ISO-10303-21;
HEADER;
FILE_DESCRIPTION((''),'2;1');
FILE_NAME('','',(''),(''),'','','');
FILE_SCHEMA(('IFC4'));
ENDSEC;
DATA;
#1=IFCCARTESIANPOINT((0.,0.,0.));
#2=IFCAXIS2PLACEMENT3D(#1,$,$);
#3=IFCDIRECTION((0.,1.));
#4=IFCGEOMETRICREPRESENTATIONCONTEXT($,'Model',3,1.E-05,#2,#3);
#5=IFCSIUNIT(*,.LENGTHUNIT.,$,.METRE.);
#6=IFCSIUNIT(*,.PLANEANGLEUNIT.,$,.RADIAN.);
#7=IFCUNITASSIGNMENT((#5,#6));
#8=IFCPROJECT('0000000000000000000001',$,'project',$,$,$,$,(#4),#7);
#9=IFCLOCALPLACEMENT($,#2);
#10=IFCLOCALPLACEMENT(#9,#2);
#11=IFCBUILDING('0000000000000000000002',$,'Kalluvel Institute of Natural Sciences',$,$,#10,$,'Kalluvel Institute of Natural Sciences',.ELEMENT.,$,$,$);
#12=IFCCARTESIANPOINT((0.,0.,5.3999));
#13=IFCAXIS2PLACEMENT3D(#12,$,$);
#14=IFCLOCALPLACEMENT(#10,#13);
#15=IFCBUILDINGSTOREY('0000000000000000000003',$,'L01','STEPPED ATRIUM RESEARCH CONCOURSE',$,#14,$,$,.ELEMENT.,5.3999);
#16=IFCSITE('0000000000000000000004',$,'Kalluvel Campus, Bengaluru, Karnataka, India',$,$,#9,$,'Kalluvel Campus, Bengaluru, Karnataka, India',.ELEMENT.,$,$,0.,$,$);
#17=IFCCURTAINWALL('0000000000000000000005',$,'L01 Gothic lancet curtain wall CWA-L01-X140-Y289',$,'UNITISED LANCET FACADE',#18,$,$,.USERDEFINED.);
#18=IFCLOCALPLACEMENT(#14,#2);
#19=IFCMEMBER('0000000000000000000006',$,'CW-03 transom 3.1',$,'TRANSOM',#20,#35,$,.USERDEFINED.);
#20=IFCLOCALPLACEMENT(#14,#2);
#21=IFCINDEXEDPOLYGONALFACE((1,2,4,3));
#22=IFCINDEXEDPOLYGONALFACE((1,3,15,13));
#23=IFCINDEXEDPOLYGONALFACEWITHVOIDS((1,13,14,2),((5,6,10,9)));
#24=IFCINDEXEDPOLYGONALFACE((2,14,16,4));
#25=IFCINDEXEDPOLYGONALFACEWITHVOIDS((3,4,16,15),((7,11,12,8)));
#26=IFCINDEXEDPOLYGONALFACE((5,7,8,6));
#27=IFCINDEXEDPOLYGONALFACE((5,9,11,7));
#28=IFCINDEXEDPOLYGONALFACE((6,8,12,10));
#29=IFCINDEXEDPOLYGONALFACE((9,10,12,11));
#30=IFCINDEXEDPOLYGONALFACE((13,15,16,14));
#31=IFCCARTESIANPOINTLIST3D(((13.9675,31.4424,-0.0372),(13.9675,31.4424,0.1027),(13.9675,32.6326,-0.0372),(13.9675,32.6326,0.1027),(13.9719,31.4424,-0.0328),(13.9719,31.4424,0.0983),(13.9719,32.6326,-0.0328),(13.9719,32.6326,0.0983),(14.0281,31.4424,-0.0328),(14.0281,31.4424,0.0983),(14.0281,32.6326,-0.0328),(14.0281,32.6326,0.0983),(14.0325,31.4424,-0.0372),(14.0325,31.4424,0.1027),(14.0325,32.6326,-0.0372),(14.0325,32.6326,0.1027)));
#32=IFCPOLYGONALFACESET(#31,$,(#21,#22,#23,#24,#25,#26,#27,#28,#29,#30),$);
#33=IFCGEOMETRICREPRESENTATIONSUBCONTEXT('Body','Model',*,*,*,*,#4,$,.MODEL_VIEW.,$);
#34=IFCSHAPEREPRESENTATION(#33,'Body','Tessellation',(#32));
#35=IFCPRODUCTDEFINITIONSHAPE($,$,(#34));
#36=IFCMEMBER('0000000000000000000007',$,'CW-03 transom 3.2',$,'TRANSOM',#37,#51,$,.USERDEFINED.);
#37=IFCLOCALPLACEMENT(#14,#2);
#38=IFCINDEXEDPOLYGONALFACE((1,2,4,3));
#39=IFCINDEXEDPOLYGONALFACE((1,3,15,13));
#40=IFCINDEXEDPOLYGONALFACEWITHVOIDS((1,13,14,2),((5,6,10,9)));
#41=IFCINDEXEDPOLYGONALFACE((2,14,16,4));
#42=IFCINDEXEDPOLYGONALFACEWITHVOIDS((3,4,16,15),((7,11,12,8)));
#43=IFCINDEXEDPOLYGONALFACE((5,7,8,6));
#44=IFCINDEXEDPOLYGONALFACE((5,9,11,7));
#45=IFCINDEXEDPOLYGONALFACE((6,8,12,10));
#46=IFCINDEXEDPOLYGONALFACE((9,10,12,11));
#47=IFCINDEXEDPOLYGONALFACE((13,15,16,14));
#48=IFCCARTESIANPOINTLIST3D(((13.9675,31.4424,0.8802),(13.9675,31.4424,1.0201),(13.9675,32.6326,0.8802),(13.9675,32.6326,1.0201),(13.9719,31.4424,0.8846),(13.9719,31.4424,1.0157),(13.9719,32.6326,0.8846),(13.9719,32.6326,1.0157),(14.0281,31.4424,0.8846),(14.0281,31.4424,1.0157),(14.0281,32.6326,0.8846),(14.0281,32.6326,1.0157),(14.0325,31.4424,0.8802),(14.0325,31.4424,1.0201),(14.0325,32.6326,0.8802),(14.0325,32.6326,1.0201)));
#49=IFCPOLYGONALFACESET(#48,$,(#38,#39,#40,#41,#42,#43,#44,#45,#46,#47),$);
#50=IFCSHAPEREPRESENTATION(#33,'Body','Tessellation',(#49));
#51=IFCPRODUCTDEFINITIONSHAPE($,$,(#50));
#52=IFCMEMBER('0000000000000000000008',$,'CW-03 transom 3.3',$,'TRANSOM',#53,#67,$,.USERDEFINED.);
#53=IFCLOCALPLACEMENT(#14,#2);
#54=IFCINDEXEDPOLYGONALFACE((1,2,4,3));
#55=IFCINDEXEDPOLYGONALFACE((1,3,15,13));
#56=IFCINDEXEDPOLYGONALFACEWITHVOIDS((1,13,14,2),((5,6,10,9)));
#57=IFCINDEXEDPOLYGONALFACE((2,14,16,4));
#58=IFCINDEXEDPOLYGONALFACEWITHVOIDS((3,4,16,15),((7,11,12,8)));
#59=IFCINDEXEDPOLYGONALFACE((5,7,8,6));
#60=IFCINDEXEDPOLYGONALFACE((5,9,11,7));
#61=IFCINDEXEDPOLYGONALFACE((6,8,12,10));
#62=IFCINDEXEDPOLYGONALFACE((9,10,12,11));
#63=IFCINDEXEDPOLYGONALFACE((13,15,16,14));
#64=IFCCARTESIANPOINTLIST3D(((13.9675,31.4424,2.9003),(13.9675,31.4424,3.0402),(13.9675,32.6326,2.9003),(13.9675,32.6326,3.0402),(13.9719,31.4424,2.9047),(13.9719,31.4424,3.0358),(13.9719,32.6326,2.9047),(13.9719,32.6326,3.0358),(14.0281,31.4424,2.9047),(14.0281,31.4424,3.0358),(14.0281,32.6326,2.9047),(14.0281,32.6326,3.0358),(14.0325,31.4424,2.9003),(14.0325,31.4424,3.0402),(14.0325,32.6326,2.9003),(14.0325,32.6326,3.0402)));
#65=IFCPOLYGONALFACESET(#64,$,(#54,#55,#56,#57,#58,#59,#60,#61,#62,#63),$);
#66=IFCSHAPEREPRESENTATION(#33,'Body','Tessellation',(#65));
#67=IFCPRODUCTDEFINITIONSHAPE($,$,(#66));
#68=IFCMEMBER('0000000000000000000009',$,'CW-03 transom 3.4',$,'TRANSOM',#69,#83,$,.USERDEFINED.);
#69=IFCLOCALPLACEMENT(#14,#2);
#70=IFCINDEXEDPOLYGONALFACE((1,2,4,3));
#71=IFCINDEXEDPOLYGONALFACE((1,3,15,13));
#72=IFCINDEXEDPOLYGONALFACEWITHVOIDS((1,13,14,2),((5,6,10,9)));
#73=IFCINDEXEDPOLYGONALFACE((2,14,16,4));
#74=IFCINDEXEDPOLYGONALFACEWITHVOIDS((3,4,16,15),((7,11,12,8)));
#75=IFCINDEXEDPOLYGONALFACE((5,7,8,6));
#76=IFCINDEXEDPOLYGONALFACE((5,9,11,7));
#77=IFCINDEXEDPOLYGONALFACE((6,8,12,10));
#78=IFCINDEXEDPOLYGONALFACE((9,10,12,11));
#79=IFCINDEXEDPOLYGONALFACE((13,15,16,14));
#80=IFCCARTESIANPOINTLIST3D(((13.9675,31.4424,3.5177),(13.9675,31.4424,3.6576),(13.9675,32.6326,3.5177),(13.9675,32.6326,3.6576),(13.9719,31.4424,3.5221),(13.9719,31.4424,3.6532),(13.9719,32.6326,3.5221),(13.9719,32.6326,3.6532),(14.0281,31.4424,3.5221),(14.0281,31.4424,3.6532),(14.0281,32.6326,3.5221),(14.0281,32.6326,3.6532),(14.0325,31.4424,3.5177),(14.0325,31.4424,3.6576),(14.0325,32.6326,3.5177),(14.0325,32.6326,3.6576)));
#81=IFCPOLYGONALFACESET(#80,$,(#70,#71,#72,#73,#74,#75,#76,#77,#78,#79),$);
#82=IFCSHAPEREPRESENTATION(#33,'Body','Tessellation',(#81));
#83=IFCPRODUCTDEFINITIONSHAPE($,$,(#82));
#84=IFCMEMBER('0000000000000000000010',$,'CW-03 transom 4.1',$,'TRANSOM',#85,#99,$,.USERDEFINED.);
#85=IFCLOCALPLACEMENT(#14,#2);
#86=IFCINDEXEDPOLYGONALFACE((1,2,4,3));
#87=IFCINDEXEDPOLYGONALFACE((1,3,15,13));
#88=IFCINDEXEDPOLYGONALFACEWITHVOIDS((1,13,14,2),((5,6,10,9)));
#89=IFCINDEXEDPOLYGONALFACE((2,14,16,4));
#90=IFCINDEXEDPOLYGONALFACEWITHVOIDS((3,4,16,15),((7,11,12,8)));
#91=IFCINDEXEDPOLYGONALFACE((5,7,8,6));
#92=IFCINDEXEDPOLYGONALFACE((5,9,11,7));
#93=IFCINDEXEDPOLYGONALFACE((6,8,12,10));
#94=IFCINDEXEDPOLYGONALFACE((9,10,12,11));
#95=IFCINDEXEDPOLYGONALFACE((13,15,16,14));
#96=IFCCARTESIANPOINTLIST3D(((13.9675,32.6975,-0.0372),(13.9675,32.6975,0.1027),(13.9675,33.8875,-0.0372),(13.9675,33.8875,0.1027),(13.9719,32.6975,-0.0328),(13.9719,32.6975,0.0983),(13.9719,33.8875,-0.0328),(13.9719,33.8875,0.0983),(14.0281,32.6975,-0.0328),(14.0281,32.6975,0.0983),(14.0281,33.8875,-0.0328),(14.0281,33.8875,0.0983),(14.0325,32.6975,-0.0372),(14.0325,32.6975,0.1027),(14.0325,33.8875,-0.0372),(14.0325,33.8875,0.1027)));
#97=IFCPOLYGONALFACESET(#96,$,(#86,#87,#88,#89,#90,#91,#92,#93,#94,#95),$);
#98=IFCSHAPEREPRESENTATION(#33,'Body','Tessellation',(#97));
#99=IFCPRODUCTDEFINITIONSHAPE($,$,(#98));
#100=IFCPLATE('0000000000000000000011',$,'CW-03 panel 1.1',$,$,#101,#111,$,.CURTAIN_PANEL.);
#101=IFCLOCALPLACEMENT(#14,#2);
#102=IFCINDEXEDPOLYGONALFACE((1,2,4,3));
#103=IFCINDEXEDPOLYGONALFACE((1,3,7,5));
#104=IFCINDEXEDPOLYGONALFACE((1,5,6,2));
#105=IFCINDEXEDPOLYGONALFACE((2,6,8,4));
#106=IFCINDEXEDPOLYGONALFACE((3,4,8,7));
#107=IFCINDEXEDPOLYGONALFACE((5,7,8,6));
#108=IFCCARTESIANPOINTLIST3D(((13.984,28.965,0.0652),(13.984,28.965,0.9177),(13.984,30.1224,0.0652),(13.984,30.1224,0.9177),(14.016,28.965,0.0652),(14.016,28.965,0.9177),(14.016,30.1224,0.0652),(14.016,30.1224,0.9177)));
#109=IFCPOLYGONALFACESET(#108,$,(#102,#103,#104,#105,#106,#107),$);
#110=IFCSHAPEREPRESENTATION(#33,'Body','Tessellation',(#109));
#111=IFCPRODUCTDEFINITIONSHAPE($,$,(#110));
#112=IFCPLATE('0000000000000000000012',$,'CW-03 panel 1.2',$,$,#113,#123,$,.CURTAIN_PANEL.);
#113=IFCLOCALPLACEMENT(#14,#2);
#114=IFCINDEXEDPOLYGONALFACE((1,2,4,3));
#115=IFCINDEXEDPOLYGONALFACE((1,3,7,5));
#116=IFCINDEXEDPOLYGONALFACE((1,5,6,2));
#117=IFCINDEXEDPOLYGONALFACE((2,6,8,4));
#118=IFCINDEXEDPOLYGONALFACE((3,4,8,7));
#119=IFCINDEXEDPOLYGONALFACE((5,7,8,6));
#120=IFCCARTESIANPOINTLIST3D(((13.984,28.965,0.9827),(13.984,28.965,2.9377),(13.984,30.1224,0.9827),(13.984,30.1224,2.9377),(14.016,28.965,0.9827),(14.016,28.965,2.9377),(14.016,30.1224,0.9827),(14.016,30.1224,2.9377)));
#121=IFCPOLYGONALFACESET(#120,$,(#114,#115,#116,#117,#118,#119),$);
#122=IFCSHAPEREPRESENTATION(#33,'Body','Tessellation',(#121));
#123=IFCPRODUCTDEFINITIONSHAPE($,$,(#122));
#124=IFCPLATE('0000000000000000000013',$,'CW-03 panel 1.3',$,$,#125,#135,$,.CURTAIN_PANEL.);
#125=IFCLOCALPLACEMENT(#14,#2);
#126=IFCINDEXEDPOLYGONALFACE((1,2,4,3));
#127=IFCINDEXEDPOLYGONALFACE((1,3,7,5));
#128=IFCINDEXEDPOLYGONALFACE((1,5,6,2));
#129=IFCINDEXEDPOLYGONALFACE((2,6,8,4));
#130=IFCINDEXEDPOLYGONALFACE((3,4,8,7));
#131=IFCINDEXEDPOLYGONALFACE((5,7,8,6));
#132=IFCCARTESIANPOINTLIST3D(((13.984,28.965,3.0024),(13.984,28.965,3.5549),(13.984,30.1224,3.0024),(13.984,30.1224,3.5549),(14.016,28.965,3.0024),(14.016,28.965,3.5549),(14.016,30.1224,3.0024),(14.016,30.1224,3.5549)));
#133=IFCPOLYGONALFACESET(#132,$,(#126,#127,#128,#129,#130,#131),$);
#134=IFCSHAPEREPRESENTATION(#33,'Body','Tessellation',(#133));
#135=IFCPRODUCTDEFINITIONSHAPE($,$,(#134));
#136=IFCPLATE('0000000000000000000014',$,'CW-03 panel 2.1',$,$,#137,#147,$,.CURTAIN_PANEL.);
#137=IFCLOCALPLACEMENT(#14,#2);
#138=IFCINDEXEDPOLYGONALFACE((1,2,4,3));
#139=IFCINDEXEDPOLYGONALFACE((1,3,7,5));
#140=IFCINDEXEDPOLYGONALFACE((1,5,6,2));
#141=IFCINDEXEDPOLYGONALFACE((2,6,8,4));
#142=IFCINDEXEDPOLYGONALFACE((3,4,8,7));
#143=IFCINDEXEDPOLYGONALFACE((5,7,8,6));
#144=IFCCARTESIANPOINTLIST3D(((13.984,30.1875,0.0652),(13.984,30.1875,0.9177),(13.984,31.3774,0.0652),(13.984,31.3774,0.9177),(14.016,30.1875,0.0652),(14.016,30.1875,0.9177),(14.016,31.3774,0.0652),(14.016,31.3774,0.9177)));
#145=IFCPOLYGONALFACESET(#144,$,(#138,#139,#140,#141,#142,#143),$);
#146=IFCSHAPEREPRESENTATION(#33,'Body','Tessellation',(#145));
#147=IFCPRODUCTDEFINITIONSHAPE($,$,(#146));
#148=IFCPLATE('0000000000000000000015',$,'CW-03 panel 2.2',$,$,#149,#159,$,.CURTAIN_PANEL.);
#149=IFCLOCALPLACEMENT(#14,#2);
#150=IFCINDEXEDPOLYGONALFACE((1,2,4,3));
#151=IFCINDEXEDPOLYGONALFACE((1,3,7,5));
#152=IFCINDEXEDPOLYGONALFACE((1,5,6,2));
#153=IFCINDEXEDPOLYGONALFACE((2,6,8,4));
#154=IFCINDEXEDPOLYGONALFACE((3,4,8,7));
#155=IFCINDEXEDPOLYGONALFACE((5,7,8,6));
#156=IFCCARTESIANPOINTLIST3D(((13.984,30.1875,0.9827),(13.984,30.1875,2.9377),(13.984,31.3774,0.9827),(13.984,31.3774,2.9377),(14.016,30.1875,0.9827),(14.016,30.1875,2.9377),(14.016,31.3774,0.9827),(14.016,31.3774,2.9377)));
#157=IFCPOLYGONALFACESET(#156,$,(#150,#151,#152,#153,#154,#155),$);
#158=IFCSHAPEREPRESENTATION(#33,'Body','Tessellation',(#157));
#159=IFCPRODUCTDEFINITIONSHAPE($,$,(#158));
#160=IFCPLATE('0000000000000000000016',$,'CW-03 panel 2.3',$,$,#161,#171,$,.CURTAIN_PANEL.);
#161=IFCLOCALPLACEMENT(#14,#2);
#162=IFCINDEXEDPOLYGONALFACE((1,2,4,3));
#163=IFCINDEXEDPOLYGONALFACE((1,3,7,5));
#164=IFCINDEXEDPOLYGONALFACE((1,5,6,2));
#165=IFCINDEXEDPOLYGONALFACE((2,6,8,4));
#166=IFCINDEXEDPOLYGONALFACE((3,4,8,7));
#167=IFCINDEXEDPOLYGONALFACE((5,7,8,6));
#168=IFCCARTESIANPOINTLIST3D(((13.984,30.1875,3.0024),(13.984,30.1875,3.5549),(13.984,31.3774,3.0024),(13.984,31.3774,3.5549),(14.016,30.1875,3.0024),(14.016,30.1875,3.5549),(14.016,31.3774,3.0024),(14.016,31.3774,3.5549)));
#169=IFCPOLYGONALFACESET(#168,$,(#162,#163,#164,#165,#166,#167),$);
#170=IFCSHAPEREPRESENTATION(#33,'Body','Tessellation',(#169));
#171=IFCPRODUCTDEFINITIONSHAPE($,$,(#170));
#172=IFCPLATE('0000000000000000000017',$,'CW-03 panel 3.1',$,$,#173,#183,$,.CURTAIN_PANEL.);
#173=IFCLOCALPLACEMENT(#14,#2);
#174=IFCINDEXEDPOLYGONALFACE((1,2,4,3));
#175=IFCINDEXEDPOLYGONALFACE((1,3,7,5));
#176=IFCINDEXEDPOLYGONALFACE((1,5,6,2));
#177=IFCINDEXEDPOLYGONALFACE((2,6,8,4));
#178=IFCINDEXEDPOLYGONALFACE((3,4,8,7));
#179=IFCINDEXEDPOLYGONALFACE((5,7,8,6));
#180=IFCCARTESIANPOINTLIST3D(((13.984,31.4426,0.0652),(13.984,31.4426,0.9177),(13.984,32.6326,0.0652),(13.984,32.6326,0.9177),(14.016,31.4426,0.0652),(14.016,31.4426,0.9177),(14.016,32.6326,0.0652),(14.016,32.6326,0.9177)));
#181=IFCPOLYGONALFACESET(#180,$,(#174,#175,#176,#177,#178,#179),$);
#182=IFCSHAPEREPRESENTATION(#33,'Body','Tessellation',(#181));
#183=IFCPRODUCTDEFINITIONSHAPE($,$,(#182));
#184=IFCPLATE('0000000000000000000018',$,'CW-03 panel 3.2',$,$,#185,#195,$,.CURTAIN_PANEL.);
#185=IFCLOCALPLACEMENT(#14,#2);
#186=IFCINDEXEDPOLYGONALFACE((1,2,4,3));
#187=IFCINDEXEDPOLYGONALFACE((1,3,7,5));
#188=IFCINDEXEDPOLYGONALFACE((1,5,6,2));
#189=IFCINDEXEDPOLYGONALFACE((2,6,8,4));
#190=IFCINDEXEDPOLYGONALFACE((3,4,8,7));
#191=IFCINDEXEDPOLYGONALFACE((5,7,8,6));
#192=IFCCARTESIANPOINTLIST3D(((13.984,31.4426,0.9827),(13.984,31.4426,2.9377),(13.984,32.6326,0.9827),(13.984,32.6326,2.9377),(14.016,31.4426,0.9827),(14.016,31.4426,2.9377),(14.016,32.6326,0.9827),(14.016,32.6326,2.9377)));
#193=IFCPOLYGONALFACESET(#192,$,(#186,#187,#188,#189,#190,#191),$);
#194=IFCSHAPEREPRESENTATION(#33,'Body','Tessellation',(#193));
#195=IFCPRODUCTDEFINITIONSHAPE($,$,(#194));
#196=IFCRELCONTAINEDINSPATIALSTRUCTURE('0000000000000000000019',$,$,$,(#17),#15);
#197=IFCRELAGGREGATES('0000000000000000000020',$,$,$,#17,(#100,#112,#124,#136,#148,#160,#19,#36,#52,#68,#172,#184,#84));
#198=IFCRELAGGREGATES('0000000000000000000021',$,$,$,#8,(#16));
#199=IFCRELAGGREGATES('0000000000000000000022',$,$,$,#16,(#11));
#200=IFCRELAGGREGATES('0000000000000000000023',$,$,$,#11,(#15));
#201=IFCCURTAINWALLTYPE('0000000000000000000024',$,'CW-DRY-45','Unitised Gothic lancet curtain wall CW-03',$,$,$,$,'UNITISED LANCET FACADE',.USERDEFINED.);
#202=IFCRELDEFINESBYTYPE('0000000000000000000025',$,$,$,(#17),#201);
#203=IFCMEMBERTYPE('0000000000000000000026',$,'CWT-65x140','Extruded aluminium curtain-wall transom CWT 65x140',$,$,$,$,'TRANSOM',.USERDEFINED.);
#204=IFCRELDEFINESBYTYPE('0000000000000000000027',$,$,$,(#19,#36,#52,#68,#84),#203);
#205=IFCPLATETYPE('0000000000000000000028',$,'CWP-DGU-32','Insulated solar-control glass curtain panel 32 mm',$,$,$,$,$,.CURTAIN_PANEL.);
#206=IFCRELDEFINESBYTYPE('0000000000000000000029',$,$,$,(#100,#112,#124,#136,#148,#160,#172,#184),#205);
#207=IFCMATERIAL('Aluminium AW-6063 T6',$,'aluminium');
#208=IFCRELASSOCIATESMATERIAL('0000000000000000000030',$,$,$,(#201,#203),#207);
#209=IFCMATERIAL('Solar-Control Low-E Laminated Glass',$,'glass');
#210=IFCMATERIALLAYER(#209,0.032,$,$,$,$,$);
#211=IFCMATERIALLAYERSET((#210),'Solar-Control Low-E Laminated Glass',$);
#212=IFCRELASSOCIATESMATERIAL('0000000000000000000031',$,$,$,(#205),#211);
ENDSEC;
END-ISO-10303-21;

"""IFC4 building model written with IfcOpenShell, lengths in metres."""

from ifc_helpers import new_model, si_unit, direction, frame, origin, origin_2d, place, context, subcontext, project, spatial, rectangle, hollow_rectangle, extrude, material, layer, layer_set, material_profile, profile_set, type_object, element, aggregate, save


model = new_model("IFC4")

# Units and contexts
model_context = context("Model", 3, precision=1e-05, world=origin(), true_north=direction((0.0, 1.0)))
body_context = subcontext(model_context, "Body", "Model", "MODEL_VIEW")
ifc_project = project(units=[si_unit("LENGTHUNIT", "METRE"), si_unit("PLANEANGLEUNIT", "RADIAN")], contexts=[model_context])

# Site, building, storey
site_placement = place(None, origin())
site = spatial("IfcSite", under=ifc_project, at=site_placement, Name="Kalluvel Campus, Bengaluru, Karnataka, India", LongName="Kalluvel Campus, Bengaluru, Karnataka, India", CompositionType="ELEMENT", RefElevation=0.0)
building_placement = place(site_placement, origin())
building = spatial("IfcBuilding", under=site, at=building_placement, Name="Kalluvel Institute of Natural Sciences", LongName="Kalluvel Institute of Natural Sciences", CompositionType="ELEMENT")
storey_placement = place(building_placement, frame((0.0, 0.0, 5.3999)))
storey = spatial("IfcBuildingStorey", under=building, at=storey_placement, Name="L01", Description="STEPPED ATRIUM RESEARCH CONCOURSE", CompositionType="ELEMENT", Elevation=5.3999)

# Curtain wall, members, plates
ifc_material_1 = material(Name="Aluminium AW-6063 T6", Category="aluminium")
curtain_wall_type = type_object("IfcCurtainWallType", Name="CW-DRY-45", Description="Unitised Gothic lancet curtain wall CW-03", ElementType="UNITISED LANCET FACADE", PredefinedType="USERDEFINED", material=ifc_material_1)
curtain_wall_placement = place(storey_placement, origin())
curtain_wall = element("IfcCurtainWall", 1, at=curtain_wall_placement, inside=storey, type_object=curtain_wall_type, Name="L01 Gothic lancet curtain wall CWA-L01-X140-Y289", ObjectType="UNITISED LANCET FACADE", PredefinedType="USERDEFINED")
ifc_material_profile_1 = material_profile(ifc_material_1, hollow_rectangle(XDim=0.0649, YDim=0.1399, WallThickness=0.0044, at=origin_2d()), Name="CWT 65x140")
ifc_profile_set_1 = profile_set([ifc_material_profile_1], Name="Aluminium AW-6063 T6")
member_type_1 = type_object("IfcMemberType", Name="CWT-65x140", Description="Extruded aluminium curtain-wall transom CWT 65x140", ElementType="TRANSOM", PredefinedType="USERDEFINED", material=ifc_profile_set_1)
member_1_placement = place(storey_placement, frame((14.0, 31.4424, 0.0327), z_axis=(0.0, 1.0, 0.0), x_axis=(-1.0, 0.0, 0.0)))
member_1 = element("IfcMember", 2, at=member_1_placement, type_object=member_type_1, Name="CW-03 transom 3.1", ObjectType="TRANSOM", PredefinedType="USERDEFINED", context=body_context, shape_type="SweptSolid", body=[
    extrude(hollow_rectangle(XDim=0.0649, YDim=0.1399, WallThickness=0.0044, at=origin_2d()), origin(), (0.0, 0.0, 1.0), 1.1902),
])
member_2_placement = place(storey_placement, frame((14.0, 31.4424, 0.9502), z_axis=(0.0, 1.0, 0.0), x_axis=(-1.0, 0.0, 0.0)))
member_2 = element("IfcMember", 3, at=member_2_placement, type_object=member_type_1, Name="CW-03 transom 3.2", ObjectType="TRANSOM", PredefinedType="USERDEFINED", context=body_context, shape_type="SweptSolid", body=[
    extrude(hollow_rectangle(XDim=0.0649, YDim=0.1399, WallThickness=0.0044, at=origin_2d()), origin(), (0.0, 0.0, 1.0), 1.1902),
])
member_3_placement = place(storey_placement, frame((14.0, 31.4424, 2.9702), z_axis=(0.0, 1.0, 0.0), x_axis=(-1.0, 0.0, 0.0)))
member_3 = element("IfcMember", 4, at=member_3_placement, type_object=member_type_1, Name="CW-03 transom 3.3", ObjectType="TRANSOM", PredefinedType="USERDEFINED", context=body_context, shape_type="SweptSolid", body=[
    extrude(hollow_rectangle(XDim=0.0649, YDim=0.1399, WallThickness=0.0044, at=origin_2d()), origin(), (0.0, 0.0, 1.0), 1.1902),
])
member_4_placement = place(storey_placement, frame((14.0, 31.4424, 3.5876), z_axis=(0.0, 1.0, 0.0), x_axis=(-1.0, 0.0, 0.0)))
member_4 = element("IfcMember", 5, at=member_4_placement, type_object=member_type_1, Name="CW-03 transom 3.4", ObjectType="TRANSOM", PredefinedType="USERDEFINED", context=body_context, shape_type="SweptSolid", body=[
    extrude(hollow_rectangle(XDim=0.0649, YDim=0.1399, WallThickness=0.0044, at=origin_2d()), origin(), (0.0, 0.0, 1.0), 1.1902),
])
member_5_placement = place(storey_placement, frame((14.0, 32.6975, 0.0327), z_axis=(0.0, 1.0, 0.0), x_axis=(-1.0, 0.0, 0.0)))
member_5 = element("IfcMember", 6, at=member_5_placement, type_object=member_type_1, Name="CW-03 transom 4.1", ObjectType="TRANSOM", PredefinedType="USERDEFINED", context=body_context, shape_type="SweptSolid", body=[
    extrude(hollow_rectangle(XDim=0.0649, YDim=0.1399, WallThickness=0.0044, at=origin_2d()), origin(), (0.0, 0.0, 1.0), 1.1899),
])
ifc_material_2 = material(Name="Solar-Control Low-E Laminated Glass", Category="glass")
ifc_layer = layer(ifc_material_2, 0.032)
ifc_layer_set = layer_set([ifc_layer], Name="Solar-Control Low-E Laminated Glass")
plate_type = type_object("IfcPlateType", Name="CWP-DGU-32", Description="Insulated solar-control glass curtain panel 32 mm", PredefinedType="CURTAIN_PANEL", material=ifc_layer_set)
plate_1_placement = place(storey_placement, frame((14.0, 29.5437, 0.0652), z_axis=(0.0, 0.0, 1.0), x_axis=(0.0, 1.0, 0.0)))
plate_1 = element("IfcPlate", 7, at=plate_1_placement, type_object=plate_type, Name="CW-03 panel 1.1", PredefinedType="CURTAIN_PANEL", context=body_context, shape_type="SweptSolid", body=[
    extrude(rectangle(XDim=1.1575, YDim=0.032, at=origin_2d()), origin(), (0.0, 0.0, 1.0), 0.8525),
])
plate_2_placement = place(storey_placement, frame((14.0, 29.5437, 0.9827), z_axis=(0.0, 0.0, 1.0), x_axis=(0.0, 1.0, 0.0)))
plate_2 = element("IfcPlate", 8, at=plate_2_placement, type_object=plate_type, Name="CW-03 panel 1.2", PredefinedType="CURTAIN_PANEL", context=body_context, shape_type="SweptSolid", body=[
    extrude(rectangle(XDim=1.1575, YDim=0.032, at=origin_2d()), origin(), (0.0, 0.0, 1.0), 1.9551),
])
plate_3_placement = place(storey_placement, frame((14.0, 29.5437, 3.0024), z_axis=(0.0, 0.0, 1.0), x_axis=(0.0, 1.0, 0.0)))
plate_3 = element("IfcPlate", 9, at=plate_3_placement, type_object=plate_type, Name="CW-03 panel 1.3", PredefinedType="CURTAIN_PANEL", context=body_context, shape_type="SweptSolid", body=[
    extrude(rectangle(XDim=1.1575, YDim=0.032, at=origin_2d()), origin(), (0.0, 0.0, 1.0), 0.5525),
])
plate_4_placement = place(storey_placement, frame((14.0, 30.7825, 0.0652), z_axis=(0.0, 0.0, 1.0), x_axis=(0.0, 1.0, 0.0)))
plate_4 = element("IfcPlate", 10, at=plate_4_placement, type_object=plate_type, Name="CW-03 panel 2.1", PredefinedType="CURTAIN_PANEL", context=body_context, shape_type="SweptSolid", body=[
    extrude(rectangle(XDim=1.1899, YDim=0.032, at=origin_2d()), origin(), (0.0, 0.0, 1.0), 0.8525),
])
plate_5_placement = place(storey_placement, frame((14.0, 30.7825, 0.9827), z_axis=(0.0, 0.0, 1.0), x_axis=(0.0, 1.0, 0.0)))
plate_5 = element("IfcPlate", 11, at=plate_5_placement, type_object=plate_type, Name="CW-03 panel 2.2", PredefinedType="CURTAIN_PANEL", context=body_context, shape_type="SweptSolid", body=[
    extrude(rectangle(XDim=1.1899, YDim=0.032, at=origin_2d()), origin(), (0.0, 0.0, 1.0), 1.9551),
])
plate_6_placement = place(storey_placement, frame((14.0, 30.7825, 3.0024), z_axis=(0.0, 0.0, 1.0), x_axis=(0.0, 1.0, 0.0)))
plate_6 = element("IfcPlate", 12, at=plate_6_placement, type_object=plate_type, Name="CW-03 panel 2.3", PredefinedType="CURTAIN_PANEL", context=body_context, shape_type="SweptSolid", body=[
    extrude(rectangle(XDim=1.1899, YDim=0.032, at=origin_2d()), origin(), (0.0, 0.0, 1.0), 0.5525),
])
plate_7_placement = place(storey_placement, frame((14.0, 32.0376, 0.0652), z_axis=(0.0, 0.0, 1.0), x_axis=(0.0, 1.0, 0.0)))
plate_7 = element("IfcPlate", 13, at=plate_7_placement, type_object=plate_type, Name="CW-03 panel 3.1", PredefinedType="CURTAIN_PANEL", context=body_context, shape_type="SweptSolid", body=[
    extrude(rectangle(XDim=1.1899, YDim=0.032, at=origin_2d()), origin(), (0.0, 0.0, 1.0), 0.8525),
])
plate_8_placement = place(storey_placement, frame((14.0, 32.0376, 0.9827), z_axis=(0.0, 0.0, 1.0), x_axis=(0.0, 1.0, 0.0)))
plate_8 = element("IfcPlate", 14, at=plate_8_placement, type_object=plate_type, Name="CW-03 panel 3.2", PredefinedType="CURTAIN_PANEL", context=body_context, shape_type="SweptSolid", body=[
    extrude(rectangle(XDim=1.1899, YDim=0.032, at=origin_2d()), origin(), (0.0, 0.0, 1.0), 1.9551),
])
aggregate(curtain_wall, [plate_1, plate_2, plate_3, plate_4, plate_5, plate_6, member_1, member_2, member_3, member_4, plate_7, plate_8, member_5])

save(model, "model.ifc")
